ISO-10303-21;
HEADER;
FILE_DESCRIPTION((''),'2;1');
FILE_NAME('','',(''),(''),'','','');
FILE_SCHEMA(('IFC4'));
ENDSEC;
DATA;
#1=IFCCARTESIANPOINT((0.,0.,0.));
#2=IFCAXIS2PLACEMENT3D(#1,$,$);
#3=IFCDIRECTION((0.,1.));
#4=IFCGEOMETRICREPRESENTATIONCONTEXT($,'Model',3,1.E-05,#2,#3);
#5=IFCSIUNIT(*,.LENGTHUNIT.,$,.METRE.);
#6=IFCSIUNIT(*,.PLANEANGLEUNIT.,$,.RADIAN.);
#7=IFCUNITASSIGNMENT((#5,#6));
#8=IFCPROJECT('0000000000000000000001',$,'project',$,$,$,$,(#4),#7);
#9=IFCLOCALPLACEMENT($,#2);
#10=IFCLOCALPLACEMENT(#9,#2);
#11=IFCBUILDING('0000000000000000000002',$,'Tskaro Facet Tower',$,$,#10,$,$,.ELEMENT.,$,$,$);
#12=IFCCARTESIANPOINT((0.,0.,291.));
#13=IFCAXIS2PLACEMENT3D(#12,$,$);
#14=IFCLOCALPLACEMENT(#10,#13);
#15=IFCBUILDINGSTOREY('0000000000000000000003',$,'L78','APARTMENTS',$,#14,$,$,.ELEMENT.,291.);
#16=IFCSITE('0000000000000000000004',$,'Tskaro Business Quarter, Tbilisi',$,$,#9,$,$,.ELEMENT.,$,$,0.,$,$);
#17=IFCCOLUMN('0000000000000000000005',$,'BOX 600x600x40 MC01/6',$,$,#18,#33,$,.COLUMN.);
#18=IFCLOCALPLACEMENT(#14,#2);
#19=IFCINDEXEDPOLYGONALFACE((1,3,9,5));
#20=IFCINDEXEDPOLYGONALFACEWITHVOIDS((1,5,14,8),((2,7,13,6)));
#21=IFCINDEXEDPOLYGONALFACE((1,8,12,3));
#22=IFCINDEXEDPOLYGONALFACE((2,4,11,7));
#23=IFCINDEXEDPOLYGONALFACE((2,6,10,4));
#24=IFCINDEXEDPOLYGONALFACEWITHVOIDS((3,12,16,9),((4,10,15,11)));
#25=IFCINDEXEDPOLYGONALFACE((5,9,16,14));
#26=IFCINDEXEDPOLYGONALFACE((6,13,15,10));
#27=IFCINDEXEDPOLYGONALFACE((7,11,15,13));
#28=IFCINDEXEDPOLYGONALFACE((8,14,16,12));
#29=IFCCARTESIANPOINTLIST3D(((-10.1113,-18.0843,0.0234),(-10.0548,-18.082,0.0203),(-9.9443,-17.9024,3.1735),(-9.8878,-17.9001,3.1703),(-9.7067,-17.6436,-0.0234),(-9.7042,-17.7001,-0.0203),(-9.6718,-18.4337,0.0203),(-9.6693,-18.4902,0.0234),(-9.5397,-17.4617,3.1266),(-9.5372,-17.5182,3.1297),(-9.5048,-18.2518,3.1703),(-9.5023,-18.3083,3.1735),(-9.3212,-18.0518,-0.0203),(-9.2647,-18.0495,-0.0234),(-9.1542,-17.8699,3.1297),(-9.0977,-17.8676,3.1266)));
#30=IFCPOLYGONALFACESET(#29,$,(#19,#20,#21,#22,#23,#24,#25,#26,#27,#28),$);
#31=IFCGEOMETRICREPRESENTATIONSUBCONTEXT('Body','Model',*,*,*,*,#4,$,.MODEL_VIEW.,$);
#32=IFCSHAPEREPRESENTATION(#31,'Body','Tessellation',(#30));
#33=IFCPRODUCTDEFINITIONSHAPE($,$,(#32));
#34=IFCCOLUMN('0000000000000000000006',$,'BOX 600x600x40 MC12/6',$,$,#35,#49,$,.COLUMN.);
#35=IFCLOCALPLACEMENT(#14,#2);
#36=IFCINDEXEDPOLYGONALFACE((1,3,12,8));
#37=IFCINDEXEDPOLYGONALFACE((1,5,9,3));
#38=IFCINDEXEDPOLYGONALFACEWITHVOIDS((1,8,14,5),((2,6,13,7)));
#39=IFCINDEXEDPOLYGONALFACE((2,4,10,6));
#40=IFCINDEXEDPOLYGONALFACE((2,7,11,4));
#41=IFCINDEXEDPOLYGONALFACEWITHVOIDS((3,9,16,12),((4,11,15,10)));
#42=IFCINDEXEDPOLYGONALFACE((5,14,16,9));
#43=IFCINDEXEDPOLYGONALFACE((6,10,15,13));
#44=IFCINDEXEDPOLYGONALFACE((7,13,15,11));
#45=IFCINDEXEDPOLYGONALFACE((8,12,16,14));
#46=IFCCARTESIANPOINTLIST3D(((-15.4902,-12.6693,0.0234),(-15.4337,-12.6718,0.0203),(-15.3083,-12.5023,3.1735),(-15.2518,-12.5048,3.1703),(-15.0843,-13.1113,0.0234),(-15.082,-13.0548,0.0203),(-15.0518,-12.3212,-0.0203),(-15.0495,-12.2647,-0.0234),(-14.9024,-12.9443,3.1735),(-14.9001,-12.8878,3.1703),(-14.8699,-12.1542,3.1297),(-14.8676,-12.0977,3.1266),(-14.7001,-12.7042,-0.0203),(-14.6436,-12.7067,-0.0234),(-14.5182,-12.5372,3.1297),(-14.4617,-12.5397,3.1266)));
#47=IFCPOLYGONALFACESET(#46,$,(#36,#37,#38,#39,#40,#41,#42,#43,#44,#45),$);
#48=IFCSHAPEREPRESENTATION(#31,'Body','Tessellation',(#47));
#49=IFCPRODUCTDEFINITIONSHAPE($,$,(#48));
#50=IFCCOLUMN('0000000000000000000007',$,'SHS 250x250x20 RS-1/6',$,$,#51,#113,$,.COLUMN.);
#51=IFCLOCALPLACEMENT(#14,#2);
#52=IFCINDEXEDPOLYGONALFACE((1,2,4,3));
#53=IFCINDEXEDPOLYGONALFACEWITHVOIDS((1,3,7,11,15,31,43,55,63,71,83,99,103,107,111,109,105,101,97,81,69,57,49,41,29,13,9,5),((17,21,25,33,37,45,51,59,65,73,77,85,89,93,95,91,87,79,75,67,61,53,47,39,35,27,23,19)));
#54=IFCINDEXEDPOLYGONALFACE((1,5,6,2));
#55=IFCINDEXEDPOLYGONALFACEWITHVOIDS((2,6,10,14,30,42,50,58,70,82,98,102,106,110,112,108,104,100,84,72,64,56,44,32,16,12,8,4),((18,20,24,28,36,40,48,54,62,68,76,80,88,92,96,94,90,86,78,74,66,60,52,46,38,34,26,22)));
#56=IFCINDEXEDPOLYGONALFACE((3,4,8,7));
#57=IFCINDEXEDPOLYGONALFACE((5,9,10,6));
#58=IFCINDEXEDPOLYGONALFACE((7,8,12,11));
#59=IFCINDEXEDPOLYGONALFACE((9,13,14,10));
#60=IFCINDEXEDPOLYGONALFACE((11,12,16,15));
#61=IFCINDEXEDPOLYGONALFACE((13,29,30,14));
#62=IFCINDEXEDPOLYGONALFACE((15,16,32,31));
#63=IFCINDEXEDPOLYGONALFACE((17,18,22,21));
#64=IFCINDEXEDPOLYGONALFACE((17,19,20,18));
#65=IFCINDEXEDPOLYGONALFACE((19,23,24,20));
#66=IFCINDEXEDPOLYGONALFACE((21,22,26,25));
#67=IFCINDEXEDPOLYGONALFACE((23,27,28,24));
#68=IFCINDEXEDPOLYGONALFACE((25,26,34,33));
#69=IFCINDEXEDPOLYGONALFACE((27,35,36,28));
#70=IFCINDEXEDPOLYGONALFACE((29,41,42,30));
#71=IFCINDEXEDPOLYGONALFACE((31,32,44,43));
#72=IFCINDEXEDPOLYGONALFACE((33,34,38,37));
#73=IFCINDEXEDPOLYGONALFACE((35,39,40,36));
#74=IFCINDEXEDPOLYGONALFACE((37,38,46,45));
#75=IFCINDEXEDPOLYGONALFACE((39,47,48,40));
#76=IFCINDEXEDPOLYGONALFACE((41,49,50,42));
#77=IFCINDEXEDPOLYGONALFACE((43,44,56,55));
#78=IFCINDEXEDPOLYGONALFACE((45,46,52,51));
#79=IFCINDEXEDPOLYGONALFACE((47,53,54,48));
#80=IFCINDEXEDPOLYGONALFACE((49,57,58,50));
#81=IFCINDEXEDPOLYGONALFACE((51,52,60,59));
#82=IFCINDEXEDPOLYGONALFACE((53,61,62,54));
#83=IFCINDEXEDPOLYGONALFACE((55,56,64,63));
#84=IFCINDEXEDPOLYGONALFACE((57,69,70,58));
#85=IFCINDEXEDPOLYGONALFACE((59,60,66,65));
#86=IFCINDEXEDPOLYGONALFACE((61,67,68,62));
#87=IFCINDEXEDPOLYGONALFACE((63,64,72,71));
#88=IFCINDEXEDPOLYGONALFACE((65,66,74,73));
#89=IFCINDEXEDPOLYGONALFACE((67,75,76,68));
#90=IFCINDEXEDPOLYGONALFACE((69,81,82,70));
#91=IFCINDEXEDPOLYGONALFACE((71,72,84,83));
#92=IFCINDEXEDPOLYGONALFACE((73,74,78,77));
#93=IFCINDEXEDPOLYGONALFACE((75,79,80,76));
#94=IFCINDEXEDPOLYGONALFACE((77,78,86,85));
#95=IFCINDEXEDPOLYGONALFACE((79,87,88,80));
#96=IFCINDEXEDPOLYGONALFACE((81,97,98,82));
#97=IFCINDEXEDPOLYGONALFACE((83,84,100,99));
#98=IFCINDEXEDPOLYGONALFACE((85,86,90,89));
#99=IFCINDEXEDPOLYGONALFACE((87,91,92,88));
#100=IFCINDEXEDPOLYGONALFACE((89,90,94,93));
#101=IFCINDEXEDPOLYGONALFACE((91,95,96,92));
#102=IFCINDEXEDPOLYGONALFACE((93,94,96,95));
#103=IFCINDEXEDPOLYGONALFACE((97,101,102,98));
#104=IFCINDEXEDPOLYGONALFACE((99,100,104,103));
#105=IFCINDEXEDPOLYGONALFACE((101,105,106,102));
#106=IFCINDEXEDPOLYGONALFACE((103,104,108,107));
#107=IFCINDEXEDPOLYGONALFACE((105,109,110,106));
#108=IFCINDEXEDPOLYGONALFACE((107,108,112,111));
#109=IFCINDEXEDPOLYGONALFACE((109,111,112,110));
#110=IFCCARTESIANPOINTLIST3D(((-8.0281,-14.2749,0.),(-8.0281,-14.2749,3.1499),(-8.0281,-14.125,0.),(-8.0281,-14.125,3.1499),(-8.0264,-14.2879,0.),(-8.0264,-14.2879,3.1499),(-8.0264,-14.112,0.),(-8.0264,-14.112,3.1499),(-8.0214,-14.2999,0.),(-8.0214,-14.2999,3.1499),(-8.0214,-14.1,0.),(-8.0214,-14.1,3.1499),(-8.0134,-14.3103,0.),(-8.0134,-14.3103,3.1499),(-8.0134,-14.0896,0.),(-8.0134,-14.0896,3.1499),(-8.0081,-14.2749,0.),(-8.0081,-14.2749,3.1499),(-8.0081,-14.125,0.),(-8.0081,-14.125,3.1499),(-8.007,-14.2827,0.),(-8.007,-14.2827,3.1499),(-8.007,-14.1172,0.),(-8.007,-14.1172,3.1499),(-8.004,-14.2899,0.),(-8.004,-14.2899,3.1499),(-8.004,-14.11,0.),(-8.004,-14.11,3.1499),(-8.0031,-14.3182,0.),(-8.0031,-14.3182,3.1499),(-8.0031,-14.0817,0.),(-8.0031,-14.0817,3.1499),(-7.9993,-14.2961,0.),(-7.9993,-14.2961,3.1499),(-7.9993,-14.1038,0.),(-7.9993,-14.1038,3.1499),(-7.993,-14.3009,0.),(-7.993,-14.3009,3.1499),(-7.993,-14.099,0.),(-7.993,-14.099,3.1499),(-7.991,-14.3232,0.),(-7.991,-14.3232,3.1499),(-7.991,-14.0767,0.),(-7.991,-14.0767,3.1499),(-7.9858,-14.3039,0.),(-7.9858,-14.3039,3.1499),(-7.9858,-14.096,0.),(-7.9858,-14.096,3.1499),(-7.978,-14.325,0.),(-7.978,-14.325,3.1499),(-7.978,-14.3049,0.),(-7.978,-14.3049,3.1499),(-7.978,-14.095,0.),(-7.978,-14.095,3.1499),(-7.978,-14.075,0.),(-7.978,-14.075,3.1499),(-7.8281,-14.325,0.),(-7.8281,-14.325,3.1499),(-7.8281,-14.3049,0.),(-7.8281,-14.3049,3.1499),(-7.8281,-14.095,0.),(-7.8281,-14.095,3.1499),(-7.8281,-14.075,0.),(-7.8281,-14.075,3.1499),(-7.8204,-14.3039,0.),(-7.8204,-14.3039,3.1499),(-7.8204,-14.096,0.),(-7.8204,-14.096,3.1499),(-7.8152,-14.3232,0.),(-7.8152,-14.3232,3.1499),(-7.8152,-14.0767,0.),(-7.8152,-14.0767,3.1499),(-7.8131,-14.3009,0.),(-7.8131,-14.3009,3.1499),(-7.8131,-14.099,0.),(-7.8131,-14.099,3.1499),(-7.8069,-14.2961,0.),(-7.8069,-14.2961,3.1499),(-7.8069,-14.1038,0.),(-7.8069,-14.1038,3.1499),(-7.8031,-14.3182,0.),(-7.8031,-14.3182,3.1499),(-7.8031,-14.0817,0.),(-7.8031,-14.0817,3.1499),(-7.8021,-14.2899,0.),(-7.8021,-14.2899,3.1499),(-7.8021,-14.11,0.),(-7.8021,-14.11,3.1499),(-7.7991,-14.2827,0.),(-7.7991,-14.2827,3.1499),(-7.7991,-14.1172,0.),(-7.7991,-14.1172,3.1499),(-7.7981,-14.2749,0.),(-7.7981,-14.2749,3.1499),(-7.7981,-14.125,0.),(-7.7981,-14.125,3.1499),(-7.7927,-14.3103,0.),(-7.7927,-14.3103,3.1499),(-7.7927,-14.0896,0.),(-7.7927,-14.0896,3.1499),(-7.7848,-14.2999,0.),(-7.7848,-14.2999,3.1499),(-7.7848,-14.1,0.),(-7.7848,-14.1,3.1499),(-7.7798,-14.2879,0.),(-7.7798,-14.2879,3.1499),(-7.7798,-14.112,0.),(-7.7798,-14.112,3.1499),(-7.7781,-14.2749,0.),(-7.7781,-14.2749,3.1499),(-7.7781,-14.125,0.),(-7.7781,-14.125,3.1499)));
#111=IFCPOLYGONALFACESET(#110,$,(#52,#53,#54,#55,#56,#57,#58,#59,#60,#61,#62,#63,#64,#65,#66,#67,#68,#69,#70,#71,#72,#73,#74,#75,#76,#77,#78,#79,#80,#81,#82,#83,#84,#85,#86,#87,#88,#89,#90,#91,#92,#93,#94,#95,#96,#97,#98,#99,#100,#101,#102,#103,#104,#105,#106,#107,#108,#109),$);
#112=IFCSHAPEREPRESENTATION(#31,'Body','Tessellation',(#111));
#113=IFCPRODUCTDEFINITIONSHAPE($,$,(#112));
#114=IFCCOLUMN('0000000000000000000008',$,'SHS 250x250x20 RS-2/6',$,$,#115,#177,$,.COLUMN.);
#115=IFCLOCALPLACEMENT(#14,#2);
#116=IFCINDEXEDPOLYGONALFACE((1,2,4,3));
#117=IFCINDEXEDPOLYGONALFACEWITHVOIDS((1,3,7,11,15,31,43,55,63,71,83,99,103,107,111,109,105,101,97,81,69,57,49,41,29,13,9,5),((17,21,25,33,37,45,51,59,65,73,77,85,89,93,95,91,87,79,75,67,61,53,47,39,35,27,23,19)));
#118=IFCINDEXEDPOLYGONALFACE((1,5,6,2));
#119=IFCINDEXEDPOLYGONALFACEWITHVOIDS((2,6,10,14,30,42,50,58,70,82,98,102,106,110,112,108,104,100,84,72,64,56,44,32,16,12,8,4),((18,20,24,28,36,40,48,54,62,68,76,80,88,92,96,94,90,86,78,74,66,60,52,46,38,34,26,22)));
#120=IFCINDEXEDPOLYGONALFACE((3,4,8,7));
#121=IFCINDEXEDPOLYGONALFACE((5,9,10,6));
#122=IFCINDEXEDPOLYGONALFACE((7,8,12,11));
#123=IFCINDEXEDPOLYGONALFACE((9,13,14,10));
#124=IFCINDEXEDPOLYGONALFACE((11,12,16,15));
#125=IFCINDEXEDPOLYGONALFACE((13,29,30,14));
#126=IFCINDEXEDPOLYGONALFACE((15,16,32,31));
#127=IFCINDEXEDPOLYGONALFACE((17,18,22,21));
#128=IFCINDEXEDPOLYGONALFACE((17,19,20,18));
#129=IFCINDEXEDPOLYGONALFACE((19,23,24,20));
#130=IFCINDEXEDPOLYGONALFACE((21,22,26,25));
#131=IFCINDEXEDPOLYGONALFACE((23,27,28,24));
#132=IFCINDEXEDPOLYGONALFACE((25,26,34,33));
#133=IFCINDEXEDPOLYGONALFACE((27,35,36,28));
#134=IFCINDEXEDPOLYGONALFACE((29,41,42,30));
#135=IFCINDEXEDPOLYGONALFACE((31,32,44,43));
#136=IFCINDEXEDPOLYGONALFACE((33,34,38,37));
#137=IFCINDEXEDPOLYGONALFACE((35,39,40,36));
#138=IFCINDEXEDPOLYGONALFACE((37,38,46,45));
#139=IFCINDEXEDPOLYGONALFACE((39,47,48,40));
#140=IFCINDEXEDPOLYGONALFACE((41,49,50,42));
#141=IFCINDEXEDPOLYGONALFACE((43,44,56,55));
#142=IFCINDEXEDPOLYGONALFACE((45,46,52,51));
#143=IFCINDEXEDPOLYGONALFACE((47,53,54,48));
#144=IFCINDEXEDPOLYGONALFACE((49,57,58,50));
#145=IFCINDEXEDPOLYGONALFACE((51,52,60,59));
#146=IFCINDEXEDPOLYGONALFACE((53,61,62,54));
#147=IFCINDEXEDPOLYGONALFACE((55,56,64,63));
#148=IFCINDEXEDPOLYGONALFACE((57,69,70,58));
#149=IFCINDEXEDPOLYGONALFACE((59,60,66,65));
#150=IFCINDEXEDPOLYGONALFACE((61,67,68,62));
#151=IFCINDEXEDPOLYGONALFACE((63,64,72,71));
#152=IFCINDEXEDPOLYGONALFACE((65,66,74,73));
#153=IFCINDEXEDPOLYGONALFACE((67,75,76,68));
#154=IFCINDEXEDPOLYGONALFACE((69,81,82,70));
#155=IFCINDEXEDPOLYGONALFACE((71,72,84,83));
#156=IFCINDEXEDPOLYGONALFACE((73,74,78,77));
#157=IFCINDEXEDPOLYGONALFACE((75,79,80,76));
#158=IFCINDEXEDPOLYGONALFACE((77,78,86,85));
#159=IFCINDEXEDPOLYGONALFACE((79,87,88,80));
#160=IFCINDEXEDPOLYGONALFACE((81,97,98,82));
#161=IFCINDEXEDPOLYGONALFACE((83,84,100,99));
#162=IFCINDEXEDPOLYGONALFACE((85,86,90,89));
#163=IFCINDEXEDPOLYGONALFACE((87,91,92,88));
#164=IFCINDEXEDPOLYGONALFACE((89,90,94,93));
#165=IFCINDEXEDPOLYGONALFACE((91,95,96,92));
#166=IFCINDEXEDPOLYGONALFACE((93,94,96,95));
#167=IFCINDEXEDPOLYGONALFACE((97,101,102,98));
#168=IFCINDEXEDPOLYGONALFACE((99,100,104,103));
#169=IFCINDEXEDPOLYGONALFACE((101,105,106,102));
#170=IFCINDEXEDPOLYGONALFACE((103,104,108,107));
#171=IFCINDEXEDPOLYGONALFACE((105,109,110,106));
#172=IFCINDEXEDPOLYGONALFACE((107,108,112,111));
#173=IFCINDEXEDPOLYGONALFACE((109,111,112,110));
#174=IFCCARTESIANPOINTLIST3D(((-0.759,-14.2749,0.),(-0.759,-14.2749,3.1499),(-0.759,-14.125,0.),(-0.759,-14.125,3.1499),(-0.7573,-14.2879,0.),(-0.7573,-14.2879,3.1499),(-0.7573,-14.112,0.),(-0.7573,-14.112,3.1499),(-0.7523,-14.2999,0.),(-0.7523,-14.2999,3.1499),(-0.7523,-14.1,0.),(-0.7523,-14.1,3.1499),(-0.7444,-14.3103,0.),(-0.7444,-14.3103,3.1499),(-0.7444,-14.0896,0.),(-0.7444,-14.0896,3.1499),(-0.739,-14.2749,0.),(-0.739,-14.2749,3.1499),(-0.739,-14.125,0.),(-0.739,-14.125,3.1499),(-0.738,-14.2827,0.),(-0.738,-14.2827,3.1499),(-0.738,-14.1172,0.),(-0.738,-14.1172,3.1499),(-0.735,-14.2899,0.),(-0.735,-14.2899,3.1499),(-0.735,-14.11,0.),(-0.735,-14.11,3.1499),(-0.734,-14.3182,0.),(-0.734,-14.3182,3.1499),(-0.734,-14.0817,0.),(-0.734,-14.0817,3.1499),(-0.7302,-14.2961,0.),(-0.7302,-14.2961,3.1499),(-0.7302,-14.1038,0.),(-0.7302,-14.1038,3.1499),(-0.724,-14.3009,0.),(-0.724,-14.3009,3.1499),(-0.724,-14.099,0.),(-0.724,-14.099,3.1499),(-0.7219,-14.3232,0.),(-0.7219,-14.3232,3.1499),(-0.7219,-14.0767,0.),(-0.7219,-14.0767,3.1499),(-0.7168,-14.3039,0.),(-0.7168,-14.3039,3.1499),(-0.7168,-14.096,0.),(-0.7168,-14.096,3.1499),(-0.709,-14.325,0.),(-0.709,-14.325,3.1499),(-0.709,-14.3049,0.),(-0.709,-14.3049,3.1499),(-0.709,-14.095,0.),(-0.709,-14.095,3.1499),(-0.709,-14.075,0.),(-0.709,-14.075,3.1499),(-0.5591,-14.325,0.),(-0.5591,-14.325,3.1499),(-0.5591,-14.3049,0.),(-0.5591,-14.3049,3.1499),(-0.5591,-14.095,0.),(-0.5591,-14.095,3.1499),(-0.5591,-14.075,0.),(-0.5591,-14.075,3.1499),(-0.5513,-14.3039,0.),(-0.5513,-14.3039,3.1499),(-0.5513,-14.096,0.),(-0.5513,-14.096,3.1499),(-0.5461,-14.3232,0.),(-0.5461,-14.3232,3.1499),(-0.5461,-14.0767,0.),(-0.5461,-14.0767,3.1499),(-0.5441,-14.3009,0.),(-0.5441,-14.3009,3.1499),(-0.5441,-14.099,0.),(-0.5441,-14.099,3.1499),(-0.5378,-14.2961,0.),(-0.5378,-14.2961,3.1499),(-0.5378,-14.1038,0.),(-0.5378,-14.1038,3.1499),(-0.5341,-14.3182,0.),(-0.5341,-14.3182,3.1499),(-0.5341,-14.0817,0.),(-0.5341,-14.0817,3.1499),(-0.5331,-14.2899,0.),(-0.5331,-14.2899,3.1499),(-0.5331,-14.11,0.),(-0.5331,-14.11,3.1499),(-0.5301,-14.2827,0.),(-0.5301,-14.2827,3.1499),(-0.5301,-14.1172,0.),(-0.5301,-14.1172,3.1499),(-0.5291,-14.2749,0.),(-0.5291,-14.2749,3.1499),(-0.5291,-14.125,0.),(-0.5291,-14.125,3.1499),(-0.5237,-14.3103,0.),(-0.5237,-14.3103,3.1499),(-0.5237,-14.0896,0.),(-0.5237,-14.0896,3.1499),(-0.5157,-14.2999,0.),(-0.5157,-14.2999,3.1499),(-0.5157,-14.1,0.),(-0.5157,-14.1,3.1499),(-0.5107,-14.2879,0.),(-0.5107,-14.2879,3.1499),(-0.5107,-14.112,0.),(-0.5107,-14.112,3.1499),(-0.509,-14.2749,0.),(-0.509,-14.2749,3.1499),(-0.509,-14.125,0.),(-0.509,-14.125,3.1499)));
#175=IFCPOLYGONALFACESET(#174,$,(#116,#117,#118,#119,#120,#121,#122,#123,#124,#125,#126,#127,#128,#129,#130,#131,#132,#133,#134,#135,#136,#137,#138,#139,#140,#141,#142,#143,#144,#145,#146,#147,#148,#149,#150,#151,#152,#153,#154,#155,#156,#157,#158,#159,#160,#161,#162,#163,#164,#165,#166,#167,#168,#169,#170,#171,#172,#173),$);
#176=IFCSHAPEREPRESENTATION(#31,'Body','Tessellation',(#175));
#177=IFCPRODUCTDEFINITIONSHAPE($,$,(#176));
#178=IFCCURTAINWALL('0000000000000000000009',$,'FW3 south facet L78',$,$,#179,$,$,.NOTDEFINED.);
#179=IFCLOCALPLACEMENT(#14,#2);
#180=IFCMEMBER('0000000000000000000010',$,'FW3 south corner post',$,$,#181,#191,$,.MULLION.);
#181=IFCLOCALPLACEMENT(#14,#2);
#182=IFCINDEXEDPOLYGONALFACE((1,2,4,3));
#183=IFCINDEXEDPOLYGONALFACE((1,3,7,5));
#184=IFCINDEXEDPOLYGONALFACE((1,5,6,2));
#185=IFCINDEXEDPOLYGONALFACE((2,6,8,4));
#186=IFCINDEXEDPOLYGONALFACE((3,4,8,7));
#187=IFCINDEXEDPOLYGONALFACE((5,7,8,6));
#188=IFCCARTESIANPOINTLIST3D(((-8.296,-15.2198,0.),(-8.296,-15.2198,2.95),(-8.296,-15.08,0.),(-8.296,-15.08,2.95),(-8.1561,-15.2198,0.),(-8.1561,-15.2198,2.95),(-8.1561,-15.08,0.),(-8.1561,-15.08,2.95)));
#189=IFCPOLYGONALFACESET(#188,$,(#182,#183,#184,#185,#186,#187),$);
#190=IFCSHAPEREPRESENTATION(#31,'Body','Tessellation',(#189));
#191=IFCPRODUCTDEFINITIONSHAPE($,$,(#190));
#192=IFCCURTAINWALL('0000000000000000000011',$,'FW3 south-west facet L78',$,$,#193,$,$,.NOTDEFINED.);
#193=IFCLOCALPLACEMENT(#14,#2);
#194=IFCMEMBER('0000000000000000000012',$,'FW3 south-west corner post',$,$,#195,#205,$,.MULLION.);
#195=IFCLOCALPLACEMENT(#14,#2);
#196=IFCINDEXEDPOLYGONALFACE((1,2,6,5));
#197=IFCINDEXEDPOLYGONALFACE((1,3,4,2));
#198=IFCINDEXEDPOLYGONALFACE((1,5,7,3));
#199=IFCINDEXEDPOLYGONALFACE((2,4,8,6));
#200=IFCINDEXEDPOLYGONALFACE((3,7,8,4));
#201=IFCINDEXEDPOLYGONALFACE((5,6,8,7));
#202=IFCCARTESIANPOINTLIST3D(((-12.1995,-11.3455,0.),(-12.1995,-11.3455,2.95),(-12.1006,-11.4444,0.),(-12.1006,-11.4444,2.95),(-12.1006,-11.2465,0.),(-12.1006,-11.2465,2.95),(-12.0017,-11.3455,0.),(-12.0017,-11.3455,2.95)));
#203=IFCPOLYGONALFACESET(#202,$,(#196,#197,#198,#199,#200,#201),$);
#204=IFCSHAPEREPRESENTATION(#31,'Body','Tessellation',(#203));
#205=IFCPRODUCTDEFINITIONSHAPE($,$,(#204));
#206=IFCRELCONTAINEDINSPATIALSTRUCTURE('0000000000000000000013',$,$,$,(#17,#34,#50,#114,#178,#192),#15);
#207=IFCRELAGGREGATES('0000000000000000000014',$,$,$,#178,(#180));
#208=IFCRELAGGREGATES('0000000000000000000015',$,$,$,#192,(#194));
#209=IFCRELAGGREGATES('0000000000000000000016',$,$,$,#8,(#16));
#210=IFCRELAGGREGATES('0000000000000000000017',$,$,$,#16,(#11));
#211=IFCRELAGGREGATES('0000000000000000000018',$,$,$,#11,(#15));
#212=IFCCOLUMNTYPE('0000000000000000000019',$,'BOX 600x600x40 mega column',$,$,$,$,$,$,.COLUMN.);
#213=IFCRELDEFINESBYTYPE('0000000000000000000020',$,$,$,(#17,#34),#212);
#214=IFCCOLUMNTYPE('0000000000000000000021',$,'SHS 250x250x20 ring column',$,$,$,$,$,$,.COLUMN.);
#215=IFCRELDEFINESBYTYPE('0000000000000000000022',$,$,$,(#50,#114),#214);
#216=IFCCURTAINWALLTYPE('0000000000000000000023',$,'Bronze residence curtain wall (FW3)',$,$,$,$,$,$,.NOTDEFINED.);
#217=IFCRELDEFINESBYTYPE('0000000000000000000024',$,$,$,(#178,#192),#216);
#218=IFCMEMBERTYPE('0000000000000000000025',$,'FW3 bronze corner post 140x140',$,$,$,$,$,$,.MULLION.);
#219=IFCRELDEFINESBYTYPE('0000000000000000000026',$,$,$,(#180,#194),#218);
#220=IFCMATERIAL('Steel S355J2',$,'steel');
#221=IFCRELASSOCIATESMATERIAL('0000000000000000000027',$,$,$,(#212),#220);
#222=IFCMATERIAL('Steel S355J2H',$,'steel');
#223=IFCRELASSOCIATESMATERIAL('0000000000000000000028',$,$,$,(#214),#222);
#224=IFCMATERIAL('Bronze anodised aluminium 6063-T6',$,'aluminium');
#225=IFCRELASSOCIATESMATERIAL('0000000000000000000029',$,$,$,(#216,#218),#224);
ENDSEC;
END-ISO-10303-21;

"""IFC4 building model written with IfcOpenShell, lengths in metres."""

from ifc_helpers import new_model, si_unit, direction, frame, origin, origin_2d, place, context, subcontext, project, spatial, rectangle, hollow_rectangle, extrude, material, material_profile, profile_set, type_object, element, aggregate, save


model = new_model("IFC4")

# Units and contexts
model_context = context("Model", 3, precision=1e-05, world=origin(), true_north=direction((0.0, 1.0)))
body_context = subcontext(model_context, "Body", "Model", "MODEL_VIEW")
ifc_project = project(units=[si_unit("LENGTHUNIT", "METRE"), si_unit("PLANEANGLEUNIT", "RADIAN")], contexts=[model_context])

# Site, building, storey
site_placement = place(None, origin())
site = spatial("IfcSite", under=ifc_project, at=site_placement, Name="Tskaro Business Quarter, Tbilisi", CompositionType="ELEMENT", RefElevation=0.0)
building_placement = place(site_placement, origin())
building = spatial("IfcBuilding", under=site, at=building_placement, Name="Tskaro Facet Tower", CompositionType="ELEMENT")
storey_placement = place(building_placement, frame((0.0, 0.0, 291.0)))
storey = spatial("IfcBuildingStorey", under=building, at=storey_placement, Name="L78", Description="APARTMENTS", CompositionType="ELEMENT", Elevation=291.0)

# Columns
ifc_material_1 = material(Name="Steel S355J2", Category="steel")
ifc_material_profile_1 = material_profile(ifc_material_1, hollow_rectangle(XDim=0.6001, YDim=0.6001, WallThickness=0.04, at=origin_2d()), Name="BOX 600x600x40")
ifc_profile_set_1 = profile_set([ifc_material_profile_1], Name="Steel S355J2")
column_type_1 = type_object("IfcColumnType", Name="BOX 600x600x40 mega column", PredefinedType="COLUMN", material=ifc_profile_set_1)
for number, where, z_axis, x_axis, name in (
    (1, (-9.688, -18.0669, 0.0), (0.052853, 0.057566, 0.996942), (-0.73662, 0.676306, 0.0), "BOX 600x600x40 MC01/6"),
    (2, (-15.0669, -12.688, 0.0), (0.057566, 0.052853, 0.996942), (-0.676306, 0.73662, 0.0), "BOX 600x600x40 MC12/6"),
):
    element("IfcColumn", number, at=place(storey_placement, frame(where, z_axis=z_axis, x_axis=x_axis)), inside=storey, type_object=column_type_1, Name=name, PredefinedType="COLUMN", context=body_context, shape_type="SweptSolid", body=[
        extrude(hollow_rectangle(XDim=0.6001, YDim=0.6001, WallThickness=0.04, at=origin_2d()), origin(), (0.0, 0.0, 1.0), 3.1597),
    ])
ifc_material_2 = material(Name="Steel S355J2H", Category="steel")
ifc_material_profile_2 = material_profile(ifc_material_2, hollow_rectangle(XDim=0.25, YDim=0.25, WallThickness=0.02, InnerFilletRadius=0.03, OuterFilletRadius=0.05, at=origin_2d()), Name="SHS 250x250x20")
ifc_profile_set_2 = profile_set([ifc_material_profile_2], Name="Steel S355J2H")
column_type_2 = type_object("IfcColumnType", Name="SHS 250x250x20 ring column", PredefinedType="COLUMN", material=ifc_profile_set_2)
for number, where, z_axis, x_axis, name in (
    (3, (-7.9031, -14.2, 0.0), (0.0, 0.0, 1.0), (1.0, 0.0, 0.0), "SHS 250x250x20 RS-1/6"),
    (4, (-0.634, -14.2, 0.0), (0.0, 0.0, 1.0), (1.0, 0.0, 0.0), "SHS 250x250x20 RS-2/6"),
):
    element("IfcColumn", number, at=place(storey_placement, frame(where, z_axis=z_axis, x_axis=x_axis)), inside=storey, type_object=column_type_2, Name=name, PredefinedType="COLUMN", context=body_context, shape_type="SweptSolid", body=[
        extrude(hollow_rectangle(XDim=0.25, YDim=0.25, WallThickness=0.02, InnerFilletRadius=0.03, OuterFilletRadius=0.05, at=origin_2d()), origin(), (0.0, 0.0, 1.0), 3.1499),
    ])

# Curtain walls, members
ifc_material_3 = material(Name="Bronze anodised aluminium 6063-T6", Category="aluminium")
curtain_wall_type = type_object("IfcCurtainWallType", Name="Bronze residence curtain wall (FW3)", PredefinedType="NOTDEFINED", material=ifc_material_3)
curtain_wall_1_placement = place(storey_placement, origin())
curtain_wall_1 = element("IfcCurtainWall", 5, at=curtain_wall_1_placement, inside=storey, type_object=curtain_wall_type, Name="FW3 south facet L78", PredefinedType="NOTDEFINED")
ifc_material_profile_3 = material_profile(ifc_material_3, rectangle(XDim=0.1399, YDim=0.1399, at=origin_2d()), Name="Corner post 140x140")
ifc_profile_set_3 = profile_set([ifc_material_profile_3], Name="Bronze anodised aluminium 6063-T6")
member_type_1 = type_object("IfcMemberType", Name="FW3 bronze corner post 140x140", PredefinedType="MULLION", material=ifc_profile_set_3)
member_1_placement = place(storey_placement, frame((-8.2261, -15.1499, 0.0), z_axis=(0.0, 0.0, 1.0), x_axis=(1.0, 0.0, 0.0)))
member_1 = element("IfcMember", 6, at=member_1_placement, type_object=member_type_1, Name="FW3 south corner post", PredefinedType="MULLION", context=body_context, shape_type="SweptSolid", body=[
    extrude(rectangle(XDim=0.1399, YDim=0.1399, at=origin_2d()), origin(), (0.0, 0.0, 1.0), 2.95),
])
curtain_wall_2_placement = place(storey_placement, origin())
curtain_wall_2 = element("IfcCurtainWall", 7, at=curtain_wall_2_placement, inside=storey, type_object=curtain_wall_type, Name="FW3 south-west facet L78", PredefinedType="NOTDEFINED")
member_2_placement = place(storey_placement, frame((-12.1006, -11.3455, 0.0), z_axis=(0.0, 0.0, 1.0), x_axis=(0.707107, -0.707107, 0.0)))
member_2 = element("IfcMember", 8, at=member_2_placement, type_object=member_type_1, Name="FW3 south-west corner post", PredefinedType="MULLION", context=body_context, shape_type="SweptSolid", body=[
    extrude(rectangle(XDim=0.1399, YDim=0.1399, at=origin_2d()), origin(), (0.0, 0.0, 1.0), 2.95),
])

aggregate(curtain_wall_1, [member_1])
aggregate(curtain_wall_2, [member_2])

save(model, "model.ifc")
